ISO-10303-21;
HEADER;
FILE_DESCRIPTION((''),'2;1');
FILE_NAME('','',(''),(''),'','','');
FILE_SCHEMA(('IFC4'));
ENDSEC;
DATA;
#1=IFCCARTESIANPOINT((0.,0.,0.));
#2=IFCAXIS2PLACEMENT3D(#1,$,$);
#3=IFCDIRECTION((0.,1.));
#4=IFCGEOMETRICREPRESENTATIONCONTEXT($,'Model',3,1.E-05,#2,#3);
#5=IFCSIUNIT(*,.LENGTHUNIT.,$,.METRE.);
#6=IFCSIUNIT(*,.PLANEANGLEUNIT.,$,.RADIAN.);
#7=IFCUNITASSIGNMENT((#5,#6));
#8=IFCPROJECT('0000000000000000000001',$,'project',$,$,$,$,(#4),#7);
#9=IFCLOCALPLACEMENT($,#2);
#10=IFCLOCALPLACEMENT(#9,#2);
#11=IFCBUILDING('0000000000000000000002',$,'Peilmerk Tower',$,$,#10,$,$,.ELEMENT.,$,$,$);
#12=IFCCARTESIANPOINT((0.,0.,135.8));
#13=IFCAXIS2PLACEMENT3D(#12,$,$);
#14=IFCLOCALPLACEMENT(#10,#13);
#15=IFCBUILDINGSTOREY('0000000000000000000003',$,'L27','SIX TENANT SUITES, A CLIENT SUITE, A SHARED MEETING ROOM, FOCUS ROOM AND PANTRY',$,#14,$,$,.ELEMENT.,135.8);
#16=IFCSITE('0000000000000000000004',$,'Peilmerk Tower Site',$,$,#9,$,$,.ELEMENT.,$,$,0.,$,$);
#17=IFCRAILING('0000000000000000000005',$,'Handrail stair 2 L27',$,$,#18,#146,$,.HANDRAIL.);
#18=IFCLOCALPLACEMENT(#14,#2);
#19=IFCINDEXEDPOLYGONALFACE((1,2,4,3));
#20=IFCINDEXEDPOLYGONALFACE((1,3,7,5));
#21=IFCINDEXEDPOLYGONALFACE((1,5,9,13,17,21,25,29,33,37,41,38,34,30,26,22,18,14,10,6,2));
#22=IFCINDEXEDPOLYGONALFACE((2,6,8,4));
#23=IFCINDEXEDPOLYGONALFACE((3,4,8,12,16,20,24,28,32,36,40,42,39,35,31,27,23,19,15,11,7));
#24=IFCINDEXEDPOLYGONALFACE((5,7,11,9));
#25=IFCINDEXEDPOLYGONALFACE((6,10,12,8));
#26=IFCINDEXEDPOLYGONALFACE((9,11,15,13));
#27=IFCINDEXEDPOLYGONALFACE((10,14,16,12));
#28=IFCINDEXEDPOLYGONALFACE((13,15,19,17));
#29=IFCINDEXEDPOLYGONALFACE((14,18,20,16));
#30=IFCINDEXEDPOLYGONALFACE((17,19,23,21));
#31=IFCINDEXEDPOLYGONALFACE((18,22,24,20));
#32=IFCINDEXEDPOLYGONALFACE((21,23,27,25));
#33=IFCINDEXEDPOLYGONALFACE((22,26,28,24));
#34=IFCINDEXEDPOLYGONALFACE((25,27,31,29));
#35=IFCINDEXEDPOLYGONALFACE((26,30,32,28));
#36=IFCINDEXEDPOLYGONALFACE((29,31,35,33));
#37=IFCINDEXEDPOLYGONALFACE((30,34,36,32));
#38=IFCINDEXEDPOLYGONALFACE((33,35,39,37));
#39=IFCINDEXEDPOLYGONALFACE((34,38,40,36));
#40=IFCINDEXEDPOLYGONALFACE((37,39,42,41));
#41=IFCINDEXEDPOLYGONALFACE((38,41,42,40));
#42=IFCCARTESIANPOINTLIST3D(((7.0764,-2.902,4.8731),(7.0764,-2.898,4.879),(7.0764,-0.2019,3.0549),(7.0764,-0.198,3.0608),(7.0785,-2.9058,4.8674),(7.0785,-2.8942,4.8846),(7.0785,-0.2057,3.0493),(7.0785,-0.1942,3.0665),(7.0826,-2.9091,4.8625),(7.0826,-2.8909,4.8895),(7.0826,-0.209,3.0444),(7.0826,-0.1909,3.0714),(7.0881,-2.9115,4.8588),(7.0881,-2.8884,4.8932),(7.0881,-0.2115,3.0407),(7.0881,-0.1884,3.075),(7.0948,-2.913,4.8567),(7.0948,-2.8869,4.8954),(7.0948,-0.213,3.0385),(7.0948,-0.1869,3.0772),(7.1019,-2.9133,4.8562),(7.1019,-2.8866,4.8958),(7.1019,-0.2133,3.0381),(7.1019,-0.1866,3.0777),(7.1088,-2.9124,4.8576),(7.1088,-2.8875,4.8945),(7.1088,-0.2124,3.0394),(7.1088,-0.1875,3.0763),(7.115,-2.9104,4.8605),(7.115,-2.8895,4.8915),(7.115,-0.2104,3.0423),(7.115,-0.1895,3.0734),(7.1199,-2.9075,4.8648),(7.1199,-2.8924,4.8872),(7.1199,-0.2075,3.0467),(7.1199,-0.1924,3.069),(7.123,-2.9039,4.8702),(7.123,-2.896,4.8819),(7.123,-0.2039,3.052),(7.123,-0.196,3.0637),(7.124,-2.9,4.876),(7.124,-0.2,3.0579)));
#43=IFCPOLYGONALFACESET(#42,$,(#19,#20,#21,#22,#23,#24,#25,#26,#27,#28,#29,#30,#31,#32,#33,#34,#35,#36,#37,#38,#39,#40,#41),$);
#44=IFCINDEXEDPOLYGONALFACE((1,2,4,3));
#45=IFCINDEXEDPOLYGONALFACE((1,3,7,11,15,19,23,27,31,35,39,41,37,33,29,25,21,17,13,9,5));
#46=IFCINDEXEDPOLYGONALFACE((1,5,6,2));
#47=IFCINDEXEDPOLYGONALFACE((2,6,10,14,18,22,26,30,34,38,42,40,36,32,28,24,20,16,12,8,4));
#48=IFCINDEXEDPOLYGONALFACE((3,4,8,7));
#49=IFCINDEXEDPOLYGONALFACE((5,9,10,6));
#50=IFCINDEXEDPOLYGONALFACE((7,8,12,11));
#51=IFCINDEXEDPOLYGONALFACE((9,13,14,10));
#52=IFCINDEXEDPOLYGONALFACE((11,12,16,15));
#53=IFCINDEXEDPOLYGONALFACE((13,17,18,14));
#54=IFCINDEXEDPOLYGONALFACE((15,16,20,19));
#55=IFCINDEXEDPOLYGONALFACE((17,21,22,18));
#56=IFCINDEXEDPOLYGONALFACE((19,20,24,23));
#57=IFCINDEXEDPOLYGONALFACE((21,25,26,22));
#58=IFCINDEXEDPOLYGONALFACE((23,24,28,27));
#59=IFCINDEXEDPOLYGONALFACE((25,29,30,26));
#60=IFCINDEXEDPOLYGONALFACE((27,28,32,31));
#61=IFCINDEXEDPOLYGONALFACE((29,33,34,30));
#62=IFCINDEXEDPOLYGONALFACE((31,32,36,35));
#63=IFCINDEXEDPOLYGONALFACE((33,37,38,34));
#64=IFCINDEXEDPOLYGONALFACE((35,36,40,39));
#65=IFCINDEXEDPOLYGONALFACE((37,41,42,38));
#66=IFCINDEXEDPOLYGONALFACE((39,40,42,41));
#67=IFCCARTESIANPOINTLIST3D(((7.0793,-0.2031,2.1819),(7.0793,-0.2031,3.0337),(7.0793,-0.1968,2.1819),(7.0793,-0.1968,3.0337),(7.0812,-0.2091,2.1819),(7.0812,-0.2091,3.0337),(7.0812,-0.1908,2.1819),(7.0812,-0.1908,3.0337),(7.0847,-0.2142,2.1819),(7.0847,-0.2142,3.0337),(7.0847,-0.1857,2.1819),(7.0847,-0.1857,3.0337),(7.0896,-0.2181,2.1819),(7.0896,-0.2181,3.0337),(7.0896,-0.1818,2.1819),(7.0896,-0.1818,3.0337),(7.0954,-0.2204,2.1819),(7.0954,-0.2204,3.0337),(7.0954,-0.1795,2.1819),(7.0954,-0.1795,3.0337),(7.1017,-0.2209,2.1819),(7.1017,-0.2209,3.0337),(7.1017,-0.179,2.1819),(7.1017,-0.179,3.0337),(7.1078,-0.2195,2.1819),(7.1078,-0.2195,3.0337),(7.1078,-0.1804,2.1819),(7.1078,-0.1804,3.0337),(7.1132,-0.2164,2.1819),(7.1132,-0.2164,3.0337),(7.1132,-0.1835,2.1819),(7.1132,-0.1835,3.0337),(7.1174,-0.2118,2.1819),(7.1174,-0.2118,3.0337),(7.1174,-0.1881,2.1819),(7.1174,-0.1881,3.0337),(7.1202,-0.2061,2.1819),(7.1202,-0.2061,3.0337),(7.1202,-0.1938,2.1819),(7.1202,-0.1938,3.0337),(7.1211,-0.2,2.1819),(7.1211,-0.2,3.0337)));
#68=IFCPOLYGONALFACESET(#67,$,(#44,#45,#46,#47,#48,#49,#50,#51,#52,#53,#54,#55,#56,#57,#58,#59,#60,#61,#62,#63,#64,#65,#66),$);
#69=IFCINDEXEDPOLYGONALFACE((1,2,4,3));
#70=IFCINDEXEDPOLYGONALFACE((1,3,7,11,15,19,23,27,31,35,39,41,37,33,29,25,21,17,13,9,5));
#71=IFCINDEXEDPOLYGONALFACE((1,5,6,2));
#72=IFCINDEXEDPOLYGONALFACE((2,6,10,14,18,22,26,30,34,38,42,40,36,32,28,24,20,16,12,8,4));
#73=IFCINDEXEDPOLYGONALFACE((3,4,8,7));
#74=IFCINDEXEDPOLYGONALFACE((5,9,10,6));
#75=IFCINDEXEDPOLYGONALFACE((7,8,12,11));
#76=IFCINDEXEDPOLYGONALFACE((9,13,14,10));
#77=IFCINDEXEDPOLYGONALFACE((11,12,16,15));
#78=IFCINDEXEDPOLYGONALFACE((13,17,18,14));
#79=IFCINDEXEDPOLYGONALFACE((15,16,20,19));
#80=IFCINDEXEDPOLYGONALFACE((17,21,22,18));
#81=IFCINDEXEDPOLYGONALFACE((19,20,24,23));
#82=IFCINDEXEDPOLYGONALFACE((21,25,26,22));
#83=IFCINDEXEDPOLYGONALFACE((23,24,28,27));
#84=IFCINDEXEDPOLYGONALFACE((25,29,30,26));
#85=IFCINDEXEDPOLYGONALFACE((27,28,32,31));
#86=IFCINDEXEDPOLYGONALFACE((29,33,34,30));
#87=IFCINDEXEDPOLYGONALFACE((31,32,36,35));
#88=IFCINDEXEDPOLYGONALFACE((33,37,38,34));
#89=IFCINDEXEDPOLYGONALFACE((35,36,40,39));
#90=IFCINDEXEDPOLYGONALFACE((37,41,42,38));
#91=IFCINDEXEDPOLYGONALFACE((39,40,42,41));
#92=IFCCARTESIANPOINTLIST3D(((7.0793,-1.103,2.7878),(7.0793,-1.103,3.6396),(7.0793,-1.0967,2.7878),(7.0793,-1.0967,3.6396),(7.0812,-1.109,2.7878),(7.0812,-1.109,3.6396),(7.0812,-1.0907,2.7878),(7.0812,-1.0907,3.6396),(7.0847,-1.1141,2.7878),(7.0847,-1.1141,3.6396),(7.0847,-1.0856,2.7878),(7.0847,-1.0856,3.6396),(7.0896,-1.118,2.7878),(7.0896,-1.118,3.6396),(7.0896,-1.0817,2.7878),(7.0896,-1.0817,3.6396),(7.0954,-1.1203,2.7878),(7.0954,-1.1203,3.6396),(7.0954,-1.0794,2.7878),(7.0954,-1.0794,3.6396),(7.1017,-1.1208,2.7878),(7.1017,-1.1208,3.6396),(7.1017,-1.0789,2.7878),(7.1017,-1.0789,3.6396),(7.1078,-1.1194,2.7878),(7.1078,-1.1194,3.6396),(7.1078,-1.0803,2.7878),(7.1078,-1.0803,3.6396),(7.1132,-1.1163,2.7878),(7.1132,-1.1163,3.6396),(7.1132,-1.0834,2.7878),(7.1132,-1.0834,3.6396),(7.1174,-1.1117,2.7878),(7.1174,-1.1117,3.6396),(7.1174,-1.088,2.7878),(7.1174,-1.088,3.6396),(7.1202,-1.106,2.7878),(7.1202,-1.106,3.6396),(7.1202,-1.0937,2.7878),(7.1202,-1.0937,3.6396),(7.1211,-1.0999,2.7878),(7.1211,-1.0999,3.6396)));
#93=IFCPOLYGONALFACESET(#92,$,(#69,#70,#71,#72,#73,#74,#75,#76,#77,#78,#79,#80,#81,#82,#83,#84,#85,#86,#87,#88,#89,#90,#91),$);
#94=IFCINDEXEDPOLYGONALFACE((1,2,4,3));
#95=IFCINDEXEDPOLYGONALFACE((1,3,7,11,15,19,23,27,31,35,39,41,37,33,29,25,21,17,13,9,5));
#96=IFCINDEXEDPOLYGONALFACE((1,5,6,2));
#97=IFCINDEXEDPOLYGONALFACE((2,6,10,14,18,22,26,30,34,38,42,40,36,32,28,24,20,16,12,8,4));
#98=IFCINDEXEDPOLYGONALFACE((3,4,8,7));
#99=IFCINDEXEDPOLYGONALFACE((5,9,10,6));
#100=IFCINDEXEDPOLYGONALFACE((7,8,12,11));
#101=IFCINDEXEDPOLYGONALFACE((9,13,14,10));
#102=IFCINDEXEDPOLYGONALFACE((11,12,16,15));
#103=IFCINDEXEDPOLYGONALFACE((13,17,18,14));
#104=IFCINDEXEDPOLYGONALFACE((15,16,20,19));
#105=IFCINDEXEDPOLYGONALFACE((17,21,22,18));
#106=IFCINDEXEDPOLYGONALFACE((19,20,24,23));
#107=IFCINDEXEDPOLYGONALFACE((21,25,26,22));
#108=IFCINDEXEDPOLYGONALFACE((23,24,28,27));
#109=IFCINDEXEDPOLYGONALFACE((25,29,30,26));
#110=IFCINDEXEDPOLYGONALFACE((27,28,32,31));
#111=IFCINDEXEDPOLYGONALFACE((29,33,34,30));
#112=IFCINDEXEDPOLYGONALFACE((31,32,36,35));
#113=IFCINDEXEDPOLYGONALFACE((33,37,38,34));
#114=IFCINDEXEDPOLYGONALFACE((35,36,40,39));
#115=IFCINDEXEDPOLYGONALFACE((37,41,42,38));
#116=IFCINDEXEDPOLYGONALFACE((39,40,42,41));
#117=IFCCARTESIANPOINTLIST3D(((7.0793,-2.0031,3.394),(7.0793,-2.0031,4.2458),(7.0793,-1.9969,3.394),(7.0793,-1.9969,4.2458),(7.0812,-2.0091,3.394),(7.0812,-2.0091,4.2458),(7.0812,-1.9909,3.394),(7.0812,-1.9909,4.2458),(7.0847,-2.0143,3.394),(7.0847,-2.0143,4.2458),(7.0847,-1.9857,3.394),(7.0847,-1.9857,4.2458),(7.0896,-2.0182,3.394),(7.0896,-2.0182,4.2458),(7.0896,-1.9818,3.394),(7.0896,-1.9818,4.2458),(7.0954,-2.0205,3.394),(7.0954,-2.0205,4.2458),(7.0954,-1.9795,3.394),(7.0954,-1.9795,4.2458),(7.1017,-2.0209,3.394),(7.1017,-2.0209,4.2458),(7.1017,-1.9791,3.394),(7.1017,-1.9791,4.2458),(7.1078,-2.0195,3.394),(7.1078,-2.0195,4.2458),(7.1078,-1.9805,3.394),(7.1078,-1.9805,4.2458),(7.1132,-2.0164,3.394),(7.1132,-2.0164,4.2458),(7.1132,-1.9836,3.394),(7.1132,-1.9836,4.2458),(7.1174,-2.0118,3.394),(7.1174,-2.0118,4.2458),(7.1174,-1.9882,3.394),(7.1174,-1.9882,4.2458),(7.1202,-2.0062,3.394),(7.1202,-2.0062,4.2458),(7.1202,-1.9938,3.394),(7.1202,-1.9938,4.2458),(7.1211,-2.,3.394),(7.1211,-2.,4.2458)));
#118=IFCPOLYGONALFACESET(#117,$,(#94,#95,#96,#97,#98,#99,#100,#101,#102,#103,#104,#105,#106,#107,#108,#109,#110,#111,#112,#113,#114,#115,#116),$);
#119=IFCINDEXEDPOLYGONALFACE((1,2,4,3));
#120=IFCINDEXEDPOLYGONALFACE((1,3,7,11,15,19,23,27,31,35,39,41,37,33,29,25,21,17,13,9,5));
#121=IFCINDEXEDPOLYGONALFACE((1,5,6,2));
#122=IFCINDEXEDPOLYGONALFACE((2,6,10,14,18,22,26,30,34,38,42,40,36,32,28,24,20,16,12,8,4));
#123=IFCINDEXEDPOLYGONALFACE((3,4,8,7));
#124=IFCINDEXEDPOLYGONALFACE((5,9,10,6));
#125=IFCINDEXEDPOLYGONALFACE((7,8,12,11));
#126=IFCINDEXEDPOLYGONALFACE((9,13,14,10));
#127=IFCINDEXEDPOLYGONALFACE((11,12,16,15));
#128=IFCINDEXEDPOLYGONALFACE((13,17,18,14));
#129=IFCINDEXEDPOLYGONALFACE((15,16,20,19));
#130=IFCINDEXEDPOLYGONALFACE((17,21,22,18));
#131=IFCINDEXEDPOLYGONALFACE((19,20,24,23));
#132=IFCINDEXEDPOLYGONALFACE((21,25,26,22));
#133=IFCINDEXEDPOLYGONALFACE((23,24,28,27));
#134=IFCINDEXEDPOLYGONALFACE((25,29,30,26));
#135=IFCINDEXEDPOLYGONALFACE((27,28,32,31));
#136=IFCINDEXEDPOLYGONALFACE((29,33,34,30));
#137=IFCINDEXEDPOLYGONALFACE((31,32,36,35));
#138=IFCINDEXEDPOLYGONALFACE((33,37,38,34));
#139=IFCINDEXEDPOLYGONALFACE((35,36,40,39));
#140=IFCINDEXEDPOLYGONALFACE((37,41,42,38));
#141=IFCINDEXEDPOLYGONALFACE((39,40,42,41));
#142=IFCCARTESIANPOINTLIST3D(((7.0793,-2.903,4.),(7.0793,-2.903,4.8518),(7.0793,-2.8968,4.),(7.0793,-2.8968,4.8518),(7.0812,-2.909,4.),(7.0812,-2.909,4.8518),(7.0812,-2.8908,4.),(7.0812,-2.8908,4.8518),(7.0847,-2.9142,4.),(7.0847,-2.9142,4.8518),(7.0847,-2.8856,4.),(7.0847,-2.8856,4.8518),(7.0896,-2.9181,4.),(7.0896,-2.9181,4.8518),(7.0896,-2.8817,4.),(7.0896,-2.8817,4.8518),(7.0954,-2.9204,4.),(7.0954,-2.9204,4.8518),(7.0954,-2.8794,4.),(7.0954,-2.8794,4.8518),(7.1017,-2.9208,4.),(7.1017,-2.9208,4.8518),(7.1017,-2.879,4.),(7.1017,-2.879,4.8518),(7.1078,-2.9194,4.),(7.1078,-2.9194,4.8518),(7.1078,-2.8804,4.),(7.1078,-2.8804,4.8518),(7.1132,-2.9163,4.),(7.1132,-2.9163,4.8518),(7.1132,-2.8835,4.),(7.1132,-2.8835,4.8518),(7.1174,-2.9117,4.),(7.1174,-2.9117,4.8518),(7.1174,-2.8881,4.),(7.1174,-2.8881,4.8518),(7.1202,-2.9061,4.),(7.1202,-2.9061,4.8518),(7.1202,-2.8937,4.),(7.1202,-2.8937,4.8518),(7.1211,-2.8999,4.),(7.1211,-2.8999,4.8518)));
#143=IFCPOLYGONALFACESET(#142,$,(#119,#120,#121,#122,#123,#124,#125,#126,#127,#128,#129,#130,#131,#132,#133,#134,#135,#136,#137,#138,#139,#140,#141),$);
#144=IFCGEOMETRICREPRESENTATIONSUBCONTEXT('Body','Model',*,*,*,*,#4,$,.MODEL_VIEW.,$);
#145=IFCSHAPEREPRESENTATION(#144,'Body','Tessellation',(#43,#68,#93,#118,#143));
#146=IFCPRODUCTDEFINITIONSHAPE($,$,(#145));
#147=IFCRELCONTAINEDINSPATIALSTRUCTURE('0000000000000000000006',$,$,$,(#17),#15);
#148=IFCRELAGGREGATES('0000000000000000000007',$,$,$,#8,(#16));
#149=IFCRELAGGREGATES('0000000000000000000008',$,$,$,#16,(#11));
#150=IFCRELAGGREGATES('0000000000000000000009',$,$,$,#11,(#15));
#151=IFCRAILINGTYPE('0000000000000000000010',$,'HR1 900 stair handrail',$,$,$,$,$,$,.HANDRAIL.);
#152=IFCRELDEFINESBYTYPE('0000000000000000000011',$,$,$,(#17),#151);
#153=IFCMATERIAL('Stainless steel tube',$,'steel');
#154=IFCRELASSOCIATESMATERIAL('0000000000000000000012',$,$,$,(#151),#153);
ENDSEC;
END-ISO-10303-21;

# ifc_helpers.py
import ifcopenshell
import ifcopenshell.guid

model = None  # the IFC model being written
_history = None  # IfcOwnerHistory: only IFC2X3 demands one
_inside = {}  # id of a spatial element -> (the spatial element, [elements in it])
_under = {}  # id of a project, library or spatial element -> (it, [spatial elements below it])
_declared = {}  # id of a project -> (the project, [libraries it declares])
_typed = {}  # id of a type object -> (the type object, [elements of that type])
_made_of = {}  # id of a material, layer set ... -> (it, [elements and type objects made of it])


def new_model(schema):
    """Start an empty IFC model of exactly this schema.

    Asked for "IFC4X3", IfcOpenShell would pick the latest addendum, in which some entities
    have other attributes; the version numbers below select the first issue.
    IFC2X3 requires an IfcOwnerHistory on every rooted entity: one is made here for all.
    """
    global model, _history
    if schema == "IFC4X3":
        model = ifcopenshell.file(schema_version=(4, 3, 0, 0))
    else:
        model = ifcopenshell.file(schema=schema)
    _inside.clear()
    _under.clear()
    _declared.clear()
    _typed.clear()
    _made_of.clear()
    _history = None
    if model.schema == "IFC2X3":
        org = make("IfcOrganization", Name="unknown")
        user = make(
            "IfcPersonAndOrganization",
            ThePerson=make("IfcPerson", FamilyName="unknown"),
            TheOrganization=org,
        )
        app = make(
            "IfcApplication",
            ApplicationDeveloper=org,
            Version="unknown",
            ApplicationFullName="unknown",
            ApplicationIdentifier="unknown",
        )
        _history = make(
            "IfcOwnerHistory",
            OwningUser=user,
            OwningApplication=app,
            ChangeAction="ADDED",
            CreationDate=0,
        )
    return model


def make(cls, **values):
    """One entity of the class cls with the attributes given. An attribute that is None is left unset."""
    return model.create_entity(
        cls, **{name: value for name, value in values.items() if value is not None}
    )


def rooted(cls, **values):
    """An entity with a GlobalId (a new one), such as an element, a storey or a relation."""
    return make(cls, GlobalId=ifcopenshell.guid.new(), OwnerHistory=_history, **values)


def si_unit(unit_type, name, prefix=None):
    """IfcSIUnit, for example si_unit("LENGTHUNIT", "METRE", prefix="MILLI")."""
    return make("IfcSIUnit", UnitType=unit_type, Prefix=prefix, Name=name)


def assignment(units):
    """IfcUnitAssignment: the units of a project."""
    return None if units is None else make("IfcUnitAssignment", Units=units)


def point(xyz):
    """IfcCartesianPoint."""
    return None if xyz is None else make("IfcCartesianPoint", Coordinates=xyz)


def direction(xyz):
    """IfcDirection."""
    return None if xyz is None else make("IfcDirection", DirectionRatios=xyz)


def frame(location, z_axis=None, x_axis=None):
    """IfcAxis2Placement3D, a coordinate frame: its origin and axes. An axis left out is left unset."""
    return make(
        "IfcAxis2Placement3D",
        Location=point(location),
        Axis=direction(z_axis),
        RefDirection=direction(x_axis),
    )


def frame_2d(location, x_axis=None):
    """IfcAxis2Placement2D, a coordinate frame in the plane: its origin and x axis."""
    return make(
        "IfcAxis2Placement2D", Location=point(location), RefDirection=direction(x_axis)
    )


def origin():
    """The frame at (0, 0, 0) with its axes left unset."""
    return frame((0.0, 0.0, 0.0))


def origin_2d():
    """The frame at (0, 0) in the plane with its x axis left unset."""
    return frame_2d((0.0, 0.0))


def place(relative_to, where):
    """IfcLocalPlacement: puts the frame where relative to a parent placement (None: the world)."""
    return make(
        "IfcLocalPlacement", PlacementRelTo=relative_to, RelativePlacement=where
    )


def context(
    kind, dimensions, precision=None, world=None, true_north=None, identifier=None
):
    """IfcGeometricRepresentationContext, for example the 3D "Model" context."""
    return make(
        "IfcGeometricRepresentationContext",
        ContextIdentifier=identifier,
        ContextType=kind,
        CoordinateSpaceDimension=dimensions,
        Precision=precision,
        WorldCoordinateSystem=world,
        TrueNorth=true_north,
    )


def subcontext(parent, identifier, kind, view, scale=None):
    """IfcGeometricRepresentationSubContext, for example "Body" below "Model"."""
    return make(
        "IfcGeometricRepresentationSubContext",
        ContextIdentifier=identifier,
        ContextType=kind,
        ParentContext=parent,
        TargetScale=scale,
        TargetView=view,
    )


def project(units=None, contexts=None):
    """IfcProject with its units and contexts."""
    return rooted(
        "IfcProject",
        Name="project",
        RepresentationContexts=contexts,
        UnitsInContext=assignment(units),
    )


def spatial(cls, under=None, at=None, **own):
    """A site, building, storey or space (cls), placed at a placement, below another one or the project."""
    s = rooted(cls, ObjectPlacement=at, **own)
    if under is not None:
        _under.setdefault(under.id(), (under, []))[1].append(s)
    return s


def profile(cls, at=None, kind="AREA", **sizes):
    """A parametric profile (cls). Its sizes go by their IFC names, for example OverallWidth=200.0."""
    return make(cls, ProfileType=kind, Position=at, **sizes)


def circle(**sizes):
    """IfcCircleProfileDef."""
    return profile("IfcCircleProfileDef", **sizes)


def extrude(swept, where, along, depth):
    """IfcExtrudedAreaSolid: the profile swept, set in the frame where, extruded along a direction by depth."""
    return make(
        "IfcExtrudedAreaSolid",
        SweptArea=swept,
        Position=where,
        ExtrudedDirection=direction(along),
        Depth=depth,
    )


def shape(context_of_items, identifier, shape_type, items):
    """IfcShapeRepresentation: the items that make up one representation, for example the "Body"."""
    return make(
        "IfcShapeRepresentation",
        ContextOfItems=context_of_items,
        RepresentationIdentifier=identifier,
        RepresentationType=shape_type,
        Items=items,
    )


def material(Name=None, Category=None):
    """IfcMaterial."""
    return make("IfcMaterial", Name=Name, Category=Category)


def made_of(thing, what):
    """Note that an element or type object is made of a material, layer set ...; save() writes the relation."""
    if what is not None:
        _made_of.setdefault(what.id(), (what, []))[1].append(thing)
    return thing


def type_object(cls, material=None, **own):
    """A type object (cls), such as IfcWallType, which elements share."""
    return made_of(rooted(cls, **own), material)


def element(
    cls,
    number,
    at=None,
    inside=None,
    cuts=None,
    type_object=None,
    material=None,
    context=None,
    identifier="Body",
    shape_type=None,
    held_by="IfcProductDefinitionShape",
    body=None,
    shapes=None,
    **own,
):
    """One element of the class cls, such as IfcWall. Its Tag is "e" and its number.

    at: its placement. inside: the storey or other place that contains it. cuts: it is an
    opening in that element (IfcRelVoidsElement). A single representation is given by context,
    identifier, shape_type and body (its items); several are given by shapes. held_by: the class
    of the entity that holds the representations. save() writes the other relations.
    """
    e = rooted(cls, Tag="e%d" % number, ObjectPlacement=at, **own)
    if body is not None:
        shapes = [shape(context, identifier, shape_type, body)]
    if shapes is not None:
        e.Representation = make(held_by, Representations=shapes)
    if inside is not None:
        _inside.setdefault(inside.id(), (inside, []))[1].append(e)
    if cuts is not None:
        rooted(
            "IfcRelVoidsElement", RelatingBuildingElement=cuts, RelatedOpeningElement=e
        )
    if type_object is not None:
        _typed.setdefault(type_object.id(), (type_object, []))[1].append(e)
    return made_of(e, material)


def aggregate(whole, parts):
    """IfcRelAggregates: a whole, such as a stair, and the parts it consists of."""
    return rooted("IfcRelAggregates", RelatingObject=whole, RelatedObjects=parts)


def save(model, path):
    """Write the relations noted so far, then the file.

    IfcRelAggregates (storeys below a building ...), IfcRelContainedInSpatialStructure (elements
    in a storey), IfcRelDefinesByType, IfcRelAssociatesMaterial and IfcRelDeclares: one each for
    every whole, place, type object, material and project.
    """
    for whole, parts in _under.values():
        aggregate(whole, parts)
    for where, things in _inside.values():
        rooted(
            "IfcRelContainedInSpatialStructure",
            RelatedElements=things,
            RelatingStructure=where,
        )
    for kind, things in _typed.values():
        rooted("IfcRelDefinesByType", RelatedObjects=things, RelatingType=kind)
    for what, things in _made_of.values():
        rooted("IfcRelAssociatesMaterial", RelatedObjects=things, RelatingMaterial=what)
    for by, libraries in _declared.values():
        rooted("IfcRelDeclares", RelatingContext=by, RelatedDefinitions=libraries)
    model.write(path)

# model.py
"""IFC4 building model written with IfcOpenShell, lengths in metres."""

from ifc_helpers import new_model, si_unit, direction, frame, origin, origin_2d, place, context, subcontext, project, spatial, circle, extrude, material, type_object, element, save


model = new_model("IFC4")

# Units and contexts
model_context = context("Model", 3, precision=1e-05, world=origin(), true_north=direction((0.0, 1.0)))
body_context = subcontext(model_context, "Body", "Model", "MODEL_VIEW")
ifc_project = project(units=[si_unit("LENGTHUNIT", "METRE"), si_unit("PLANEANGLEUNIT", "RADIAN")], contexts=[model_context])

# Site, building, storey
site_placement = place(None, origin())
site = spatial("IfcSite", under=ifc_project, at=site_placement, Name="Peilmerk Tower Site", CompositionType="ELEMENT", RefElevation=0.0)
building_placement = place(site_placement, origin())
building = spatial("IfcBuilding", under=site, at=building_placement, Name="Peilmerk Tower", CompositionType="ELEMENT")
storey_placement = place(building_placement, frame((0.0, 0.0, 135.8)))
storey = spatial("IfcBuildingStorey", under=building, at=storey_placement, Name="L27", Description="SIX TENANT SUITES, A CLIENT SUITE, A SHARED MEETING ROOM, FOCUS ROOM AND PANTRY", CompositionType="ELEMENT", Elevation=135.8)

# Railing
ifc_material_1 = material(Name="Stainless steel tube", Category="steel")
railing_type_1 = type_object("IfcRailingType", Name="HR1 900 stair handrail", PredefinedType="HANDRAIL", material=ifc_material_1)
railing_1_placement = place(storey_placement, frame((7.1001, -0.2, 2.1819)))
element("IfcRailing", 1, at=railing_1_placement, inside=storey, type_object=railing_type_1, Name="Handrail stair 2 L27", PredefinedType="HANDRAIL", context=body_context, shape_type="SweptSolid", body=[
    extrude(circle(Radius=0.0239, at=origin_2d()), frame((0.0, 0.0, 0.876), z_axis=(0.0, -0.829468, 0.558554), x_axis=(1.0, 0.0, 0.0)), (0.0, 0.0, 1.0), 3.2551),
    extrude(circle(Radius=0.021, at=origin_2d()), origin(), (0.0, 0.0, 1.0), 0.8518),
    extrude(circle(Radius=0.021, at=origin_2d()), frame((0.0, -0.8999, 0.606)), (0.0, 0.0, 1.0), 0.8518),
    extrude(circle(Radius=0.021, at=origin_2d()), frame((0.0, -1.8, 1.2122)), (0.0, 0.0, 1.0), 0.8518),
    extrude(circle(Radius=0.021, at=origin_2d()), frame((0.0, -2.7, 1.8181)), (0.0, 0.0, 1.0), 0.8518),
])

save(model, "model.ifc")
